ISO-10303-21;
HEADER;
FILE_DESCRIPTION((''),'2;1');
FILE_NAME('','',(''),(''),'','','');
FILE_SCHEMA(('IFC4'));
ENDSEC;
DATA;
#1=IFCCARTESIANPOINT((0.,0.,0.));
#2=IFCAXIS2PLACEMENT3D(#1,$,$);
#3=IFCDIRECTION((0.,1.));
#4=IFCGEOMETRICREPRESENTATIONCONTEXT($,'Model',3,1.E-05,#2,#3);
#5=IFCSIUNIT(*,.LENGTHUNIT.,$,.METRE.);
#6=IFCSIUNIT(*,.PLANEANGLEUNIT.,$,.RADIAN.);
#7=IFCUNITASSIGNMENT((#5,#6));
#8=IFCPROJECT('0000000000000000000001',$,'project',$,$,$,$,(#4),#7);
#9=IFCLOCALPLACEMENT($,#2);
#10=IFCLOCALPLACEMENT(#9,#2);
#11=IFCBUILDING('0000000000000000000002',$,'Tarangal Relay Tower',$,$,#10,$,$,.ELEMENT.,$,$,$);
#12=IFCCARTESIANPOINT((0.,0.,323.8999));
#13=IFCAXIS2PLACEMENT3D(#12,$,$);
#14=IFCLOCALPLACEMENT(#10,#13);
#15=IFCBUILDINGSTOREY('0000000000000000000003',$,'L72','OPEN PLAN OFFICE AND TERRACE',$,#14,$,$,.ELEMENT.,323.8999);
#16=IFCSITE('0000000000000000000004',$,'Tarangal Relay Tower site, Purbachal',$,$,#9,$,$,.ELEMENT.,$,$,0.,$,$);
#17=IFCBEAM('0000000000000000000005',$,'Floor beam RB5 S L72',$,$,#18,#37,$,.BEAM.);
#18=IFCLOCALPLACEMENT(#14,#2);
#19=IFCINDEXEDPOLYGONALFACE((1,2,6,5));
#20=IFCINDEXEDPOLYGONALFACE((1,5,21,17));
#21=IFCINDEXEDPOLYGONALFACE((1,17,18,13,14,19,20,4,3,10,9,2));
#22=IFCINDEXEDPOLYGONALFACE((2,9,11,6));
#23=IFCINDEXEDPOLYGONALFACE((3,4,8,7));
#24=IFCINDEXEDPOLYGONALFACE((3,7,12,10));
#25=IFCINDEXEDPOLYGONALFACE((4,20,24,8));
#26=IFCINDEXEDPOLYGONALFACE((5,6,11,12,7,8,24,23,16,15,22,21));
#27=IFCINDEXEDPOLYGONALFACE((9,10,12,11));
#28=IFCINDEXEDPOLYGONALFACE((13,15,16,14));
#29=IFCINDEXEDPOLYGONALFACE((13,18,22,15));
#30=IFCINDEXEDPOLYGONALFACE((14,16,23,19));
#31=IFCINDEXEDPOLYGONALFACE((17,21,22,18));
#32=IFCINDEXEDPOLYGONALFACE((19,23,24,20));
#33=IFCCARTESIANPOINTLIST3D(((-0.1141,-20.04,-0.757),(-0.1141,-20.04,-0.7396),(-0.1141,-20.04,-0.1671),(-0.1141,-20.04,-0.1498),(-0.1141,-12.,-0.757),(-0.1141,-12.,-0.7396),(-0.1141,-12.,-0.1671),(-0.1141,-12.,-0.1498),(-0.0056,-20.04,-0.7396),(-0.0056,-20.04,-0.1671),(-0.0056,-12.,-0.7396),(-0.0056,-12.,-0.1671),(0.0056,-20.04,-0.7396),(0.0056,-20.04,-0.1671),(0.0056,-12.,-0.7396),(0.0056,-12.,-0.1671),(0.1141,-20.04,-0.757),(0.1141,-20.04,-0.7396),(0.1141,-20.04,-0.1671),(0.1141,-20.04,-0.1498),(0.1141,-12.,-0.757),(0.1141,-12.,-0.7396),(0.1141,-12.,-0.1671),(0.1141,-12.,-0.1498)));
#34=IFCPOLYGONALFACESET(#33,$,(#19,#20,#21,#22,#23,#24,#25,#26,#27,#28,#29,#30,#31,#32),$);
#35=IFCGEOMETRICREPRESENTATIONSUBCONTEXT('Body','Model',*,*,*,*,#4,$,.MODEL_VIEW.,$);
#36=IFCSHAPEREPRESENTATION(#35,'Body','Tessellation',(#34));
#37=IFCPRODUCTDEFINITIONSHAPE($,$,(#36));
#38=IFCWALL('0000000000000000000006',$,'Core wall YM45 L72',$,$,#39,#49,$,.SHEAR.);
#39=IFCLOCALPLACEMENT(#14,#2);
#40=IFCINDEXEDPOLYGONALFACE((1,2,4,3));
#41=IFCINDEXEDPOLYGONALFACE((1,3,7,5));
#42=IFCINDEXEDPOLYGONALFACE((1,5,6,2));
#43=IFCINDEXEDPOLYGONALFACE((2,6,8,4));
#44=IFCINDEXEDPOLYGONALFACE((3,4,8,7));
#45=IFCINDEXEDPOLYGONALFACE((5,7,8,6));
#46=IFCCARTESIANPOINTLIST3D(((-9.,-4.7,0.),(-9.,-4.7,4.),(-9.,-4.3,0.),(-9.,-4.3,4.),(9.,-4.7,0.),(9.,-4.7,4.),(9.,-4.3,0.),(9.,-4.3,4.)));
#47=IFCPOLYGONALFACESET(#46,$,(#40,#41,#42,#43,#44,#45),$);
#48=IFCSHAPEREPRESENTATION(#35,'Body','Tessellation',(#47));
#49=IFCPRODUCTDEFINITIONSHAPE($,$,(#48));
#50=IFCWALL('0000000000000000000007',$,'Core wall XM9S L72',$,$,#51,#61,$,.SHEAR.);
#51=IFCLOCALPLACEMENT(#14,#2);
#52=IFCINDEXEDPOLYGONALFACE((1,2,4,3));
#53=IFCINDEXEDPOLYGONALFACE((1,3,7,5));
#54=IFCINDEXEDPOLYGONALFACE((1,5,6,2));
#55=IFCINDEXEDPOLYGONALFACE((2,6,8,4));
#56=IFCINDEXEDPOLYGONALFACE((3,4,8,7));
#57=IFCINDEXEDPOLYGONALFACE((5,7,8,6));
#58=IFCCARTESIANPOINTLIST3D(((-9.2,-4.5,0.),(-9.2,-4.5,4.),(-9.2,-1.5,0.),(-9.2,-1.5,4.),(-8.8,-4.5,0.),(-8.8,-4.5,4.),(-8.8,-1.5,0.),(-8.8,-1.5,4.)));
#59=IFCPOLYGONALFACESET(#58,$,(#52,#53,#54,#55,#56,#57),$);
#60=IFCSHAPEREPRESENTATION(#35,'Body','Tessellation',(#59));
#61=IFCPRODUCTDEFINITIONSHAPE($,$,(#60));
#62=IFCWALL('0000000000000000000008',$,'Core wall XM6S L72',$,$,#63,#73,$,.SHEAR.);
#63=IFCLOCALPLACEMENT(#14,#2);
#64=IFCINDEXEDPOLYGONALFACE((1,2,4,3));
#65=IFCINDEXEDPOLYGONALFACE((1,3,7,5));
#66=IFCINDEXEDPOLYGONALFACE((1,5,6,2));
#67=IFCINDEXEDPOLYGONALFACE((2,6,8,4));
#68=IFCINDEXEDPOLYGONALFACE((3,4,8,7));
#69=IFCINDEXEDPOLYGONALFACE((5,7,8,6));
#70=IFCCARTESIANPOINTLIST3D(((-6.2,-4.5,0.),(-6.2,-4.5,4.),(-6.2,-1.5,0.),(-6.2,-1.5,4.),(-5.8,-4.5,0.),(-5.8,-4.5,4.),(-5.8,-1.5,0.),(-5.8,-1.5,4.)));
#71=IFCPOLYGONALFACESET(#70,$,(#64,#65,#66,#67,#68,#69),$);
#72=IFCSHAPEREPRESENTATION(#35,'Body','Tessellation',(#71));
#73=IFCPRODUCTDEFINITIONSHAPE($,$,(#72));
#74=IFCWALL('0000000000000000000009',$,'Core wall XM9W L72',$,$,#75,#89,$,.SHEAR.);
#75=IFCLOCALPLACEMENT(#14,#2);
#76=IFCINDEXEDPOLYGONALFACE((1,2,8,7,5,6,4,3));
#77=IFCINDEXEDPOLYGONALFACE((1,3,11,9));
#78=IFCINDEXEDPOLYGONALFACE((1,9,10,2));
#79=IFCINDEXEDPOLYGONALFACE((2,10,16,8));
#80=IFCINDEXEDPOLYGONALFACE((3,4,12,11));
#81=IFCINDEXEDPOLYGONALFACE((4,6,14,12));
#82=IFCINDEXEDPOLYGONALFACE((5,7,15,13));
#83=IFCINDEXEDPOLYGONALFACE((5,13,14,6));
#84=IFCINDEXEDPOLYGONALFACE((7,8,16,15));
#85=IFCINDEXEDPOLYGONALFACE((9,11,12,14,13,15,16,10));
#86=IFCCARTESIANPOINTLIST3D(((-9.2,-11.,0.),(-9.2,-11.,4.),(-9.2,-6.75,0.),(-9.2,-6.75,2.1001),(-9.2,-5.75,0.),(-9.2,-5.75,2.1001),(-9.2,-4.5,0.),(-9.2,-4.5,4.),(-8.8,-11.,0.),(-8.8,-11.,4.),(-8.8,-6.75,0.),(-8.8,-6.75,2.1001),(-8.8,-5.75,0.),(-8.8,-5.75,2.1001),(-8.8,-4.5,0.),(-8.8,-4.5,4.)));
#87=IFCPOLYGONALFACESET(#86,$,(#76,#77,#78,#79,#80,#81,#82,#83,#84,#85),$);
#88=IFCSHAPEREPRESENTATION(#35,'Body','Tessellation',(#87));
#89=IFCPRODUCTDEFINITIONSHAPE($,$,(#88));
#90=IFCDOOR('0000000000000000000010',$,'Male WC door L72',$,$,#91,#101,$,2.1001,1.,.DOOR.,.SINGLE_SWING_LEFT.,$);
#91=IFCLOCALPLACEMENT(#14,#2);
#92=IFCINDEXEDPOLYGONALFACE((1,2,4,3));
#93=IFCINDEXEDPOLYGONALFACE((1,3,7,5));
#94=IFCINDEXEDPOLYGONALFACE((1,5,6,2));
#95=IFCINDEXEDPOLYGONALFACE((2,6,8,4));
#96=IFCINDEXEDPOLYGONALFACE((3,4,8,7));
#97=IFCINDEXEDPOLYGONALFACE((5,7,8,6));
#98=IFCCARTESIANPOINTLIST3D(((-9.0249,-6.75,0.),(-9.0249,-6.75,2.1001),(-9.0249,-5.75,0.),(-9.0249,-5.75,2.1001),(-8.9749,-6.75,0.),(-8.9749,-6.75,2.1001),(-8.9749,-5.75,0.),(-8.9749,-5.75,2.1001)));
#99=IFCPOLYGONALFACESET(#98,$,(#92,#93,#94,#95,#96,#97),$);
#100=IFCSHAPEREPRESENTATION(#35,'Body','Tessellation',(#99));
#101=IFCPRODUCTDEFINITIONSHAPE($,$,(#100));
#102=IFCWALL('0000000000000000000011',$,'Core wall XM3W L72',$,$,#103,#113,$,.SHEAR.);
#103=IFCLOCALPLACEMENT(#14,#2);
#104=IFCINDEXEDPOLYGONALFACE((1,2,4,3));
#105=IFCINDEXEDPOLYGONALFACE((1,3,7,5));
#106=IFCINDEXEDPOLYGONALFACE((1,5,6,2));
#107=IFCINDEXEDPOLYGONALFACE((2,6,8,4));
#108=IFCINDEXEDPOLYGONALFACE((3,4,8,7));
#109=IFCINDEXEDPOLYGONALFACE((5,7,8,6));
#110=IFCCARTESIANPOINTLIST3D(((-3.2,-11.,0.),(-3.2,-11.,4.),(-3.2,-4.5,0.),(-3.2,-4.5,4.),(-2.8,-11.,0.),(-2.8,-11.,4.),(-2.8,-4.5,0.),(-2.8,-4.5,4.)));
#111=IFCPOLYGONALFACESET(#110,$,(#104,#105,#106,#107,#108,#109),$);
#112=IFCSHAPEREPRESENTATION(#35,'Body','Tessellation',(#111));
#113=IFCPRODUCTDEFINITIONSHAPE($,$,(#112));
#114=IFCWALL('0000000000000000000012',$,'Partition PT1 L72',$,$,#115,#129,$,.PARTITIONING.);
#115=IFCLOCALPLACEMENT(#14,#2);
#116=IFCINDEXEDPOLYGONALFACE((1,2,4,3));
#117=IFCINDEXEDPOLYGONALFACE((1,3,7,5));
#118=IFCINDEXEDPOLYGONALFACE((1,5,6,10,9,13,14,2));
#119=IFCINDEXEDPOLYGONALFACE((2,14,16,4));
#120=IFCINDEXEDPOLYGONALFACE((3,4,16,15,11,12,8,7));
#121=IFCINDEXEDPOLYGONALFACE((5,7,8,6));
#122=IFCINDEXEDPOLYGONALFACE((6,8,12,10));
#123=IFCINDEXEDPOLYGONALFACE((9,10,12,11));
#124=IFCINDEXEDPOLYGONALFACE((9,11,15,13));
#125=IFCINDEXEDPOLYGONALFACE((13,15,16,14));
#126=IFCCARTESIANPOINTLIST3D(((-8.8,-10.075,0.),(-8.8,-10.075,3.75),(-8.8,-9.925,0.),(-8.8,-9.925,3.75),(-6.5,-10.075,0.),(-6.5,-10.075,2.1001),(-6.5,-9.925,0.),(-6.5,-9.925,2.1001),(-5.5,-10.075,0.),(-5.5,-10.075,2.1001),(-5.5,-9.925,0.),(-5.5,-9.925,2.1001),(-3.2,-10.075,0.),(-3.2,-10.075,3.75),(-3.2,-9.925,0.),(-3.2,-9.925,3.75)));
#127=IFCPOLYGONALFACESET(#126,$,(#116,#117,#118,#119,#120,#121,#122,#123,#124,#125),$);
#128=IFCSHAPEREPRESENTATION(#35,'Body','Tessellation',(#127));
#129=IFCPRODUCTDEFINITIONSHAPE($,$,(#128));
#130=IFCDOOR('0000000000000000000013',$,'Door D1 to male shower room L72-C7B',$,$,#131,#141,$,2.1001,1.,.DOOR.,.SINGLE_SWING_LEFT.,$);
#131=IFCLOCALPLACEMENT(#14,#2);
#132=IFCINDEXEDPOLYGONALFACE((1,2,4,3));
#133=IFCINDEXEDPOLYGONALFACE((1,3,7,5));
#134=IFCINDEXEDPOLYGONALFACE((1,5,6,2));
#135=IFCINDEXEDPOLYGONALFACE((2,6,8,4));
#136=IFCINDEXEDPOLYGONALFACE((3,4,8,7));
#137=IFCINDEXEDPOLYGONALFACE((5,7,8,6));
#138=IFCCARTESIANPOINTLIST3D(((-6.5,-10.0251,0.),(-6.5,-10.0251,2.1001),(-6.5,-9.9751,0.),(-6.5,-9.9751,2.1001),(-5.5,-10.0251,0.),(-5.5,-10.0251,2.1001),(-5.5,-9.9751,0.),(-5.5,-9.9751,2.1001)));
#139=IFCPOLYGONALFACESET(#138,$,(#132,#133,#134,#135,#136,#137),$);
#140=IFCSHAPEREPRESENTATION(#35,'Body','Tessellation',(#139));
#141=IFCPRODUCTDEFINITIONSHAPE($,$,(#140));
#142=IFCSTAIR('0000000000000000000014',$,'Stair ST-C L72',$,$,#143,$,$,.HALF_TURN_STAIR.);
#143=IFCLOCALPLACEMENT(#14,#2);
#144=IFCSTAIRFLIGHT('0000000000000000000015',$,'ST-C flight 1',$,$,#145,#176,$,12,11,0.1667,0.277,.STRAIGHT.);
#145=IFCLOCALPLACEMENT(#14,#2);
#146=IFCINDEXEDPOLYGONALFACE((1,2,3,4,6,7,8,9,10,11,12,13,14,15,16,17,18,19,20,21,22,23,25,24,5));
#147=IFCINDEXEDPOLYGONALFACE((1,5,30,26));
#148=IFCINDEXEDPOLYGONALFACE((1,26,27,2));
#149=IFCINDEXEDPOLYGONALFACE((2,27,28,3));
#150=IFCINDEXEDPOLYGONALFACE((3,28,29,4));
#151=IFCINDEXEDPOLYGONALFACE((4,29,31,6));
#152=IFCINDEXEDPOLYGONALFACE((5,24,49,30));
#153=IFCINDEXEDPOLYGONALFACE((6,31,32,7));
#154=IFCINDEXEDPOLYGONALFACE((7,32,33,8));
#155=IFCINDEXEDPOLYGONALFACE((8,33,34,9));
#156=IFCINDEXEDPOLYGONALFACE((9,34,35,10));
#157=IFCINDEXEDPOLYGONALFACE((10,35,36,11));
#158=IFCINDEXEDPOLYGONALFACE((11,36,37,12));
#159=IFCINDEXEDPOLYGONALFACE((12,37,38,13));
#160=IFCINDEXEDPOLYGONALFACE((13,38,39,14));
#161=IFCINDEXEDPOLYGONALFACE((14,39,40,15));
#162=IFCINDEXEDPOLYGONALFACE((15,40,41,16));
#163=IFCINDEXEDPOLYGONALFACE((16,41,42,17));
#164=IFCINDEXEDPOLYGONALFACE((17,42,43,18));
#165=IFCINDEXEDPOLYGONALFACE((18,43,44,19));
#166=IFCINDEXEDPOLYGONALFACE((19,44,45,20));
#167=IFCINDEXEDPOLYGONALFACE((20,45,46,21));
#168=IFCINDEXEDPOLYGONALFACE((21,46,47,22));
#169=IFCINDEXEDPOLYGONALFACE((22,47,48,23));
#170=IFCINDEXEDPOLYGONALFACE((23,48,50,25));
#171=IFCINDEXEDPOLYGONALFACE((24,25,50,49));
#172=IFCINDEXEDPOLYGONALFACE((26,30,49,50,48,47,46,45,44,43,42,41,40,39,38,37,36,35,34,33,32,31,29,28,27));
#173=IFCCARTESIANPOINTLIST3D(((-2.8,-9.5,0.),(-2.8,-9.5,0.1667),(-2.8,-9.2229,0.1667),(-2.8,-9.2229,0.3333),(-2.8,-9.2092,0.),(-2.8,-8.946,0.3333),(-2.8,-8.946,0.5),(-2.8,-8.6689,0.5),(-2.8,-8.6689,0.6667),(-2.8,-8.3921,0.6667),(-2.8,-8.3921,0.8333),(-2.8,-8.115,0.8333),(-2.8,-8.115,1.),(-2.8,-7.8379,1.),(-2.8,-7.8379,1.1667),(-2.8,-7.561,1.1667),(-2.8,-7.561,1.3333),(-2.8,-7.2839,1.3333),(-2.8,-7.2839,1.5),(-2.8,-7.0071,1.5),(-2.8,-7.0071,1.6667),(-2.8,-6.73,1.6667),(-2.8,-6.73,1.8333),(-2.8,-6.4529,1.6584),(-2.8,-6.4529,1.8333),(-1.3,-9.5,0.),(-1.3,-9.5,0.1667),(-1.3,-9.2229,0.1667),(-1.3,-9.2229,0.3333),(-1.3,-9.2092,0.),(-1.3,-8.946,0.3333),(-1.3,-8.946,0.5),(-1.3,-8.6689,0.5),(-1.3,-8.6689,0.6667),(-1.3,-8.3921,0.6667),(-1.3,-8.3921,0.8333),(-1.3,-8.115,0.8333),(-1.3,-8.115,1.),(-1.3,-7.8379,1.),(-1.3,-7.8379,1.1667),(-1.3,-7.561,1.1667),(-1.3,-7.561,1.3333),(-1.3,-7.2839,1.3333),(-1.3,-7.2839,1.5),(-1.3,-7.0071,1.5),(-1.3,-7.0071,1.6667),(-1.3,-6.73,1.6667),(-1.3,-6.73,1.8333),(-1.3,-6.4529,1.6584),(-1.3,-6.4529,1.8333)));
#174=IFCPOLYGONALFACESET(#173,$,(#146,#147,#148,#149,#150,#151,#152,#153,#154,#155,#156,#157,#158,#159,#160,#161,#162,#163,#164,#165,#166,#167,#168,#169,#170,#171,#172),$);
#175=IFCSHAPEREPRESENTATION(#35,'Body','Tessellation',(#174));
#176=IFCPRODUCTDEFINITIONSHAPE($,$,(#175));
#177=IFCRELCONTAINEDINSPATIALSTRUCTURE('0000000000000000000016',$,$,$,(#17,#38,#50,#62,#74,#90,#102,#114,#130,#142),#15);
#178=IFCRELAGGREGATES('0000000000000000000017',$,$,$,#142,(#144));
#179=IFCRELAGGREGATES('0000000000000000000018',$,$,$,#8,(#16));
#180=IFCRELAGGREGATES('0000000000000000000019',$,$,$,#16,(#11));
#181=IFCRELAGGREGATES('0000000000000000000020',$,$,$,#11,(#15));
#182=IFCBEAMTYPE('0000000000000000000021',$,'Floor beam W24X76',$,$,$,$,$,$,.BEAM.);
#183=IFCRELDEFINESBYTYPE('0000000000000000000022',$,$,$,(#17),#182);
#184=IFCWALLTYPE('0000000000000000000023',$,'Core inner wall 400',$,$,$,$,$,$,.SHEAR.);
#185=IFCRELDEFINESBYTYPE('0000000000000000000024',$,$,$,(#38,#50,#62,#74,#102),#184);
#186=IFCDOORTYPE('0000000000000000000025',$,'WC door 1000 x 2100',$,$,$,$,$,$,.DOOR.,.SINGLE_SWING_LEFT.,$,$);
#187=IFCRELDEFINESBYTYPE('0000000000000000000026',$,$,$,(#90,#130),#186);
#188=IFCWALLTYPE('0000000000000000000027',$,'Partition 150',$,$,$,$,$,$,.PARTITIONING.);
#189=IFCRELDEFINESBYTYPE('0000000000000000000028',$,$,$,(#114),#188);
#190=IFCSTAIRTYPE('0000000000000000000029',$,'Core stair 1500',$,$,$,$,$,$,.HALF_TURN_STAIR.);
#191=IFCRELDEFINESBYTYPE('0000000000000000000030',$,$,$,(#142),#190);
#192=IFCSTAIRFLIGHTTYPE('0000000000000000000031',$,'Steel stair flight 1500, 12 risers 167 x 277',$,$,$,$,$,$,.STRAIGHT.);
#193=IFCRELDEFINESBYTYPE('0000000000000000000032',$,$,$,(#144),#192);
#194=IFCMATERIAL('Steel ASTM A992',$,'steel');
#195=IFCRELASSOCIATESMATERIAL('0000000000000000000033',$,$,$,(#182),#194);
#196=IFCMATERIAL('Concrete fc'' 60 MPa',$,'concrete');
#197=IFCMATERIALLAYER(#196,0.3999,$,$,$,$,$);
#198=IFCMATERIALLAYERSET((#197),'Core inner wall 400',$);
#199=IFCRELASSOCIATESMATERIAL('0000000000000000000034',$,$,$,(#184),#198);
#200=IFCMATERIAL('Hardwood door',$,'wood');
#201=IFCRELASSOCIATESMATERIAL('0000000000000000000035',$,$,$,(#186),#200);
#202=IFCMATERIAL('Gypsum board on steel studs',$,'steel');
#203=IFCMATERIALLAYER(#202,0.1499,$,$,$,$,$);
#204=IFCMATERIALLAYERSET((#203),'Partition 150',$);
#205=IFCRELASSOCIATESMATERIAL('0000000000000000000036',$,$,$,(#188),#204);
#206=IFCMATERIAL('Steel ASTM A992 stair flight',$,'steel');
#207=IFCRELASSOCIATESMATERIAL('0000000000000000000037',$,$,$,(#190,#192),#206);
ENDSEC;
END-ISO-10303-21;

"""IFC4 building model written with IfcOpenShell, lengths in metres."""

from ifc_helpers import new_model, si_unit, direction, frame, frame_2d, origin, origin_2d, place, context, subcontext, project, spatial, polyline, rectangle, i_section, outline, extrude, material, layer, layer_set, material_profile, profile_set, type_object, element, fill, aggregate, save


model = new_model("IFC4")

# Units and contexts
model_context = context("Model", 3, precision=1e-05, world=origin(), true_north=direction((0.0, 1.0)))
body_context = subcontext(model_context, "Body", "Model", "MODEL_VIEW")
ifc_project = project(units=[si_unit("LENGTHUNIT", "METRE"), si_unit("PLANEANGLEUNIT", "RADIAN")], contexts=[model_context])

# Site, building, storey
site_placement = place(None, origin())
site = spatial("IfcSite", under=ifc_project, at=site_placement, Name="Tarangal Relay Tower site, Purbachal", CompositionType="ELEMENT", RefElevation=0.0)
building_placement = place(site_placement, origin())
building = spatial("IfcBuilding", under=site, at=building_placement, Name="Tarangal Relay Tower", CompositionType="ELEMENT")
storey_placement = place(building_placement, frame((0.0, 0.0, 323.8999)))
storey = spatial("IfcBuildingStorey", under=building, at=storey_placement, Name="L72", Description="OPEN PLAN OFFICE AND TERRACE", CompositionType="ELEMENT", Elevation=323.8999)

# Beam
ifc_material_1 = material(Name="Steel ASTM A992", Category="steel")
ifc_material_profile = material_profile(ifc_material_1, i_section(OverallWidth=0.2283, OverallDepth=0.6072, WebThickness=0.0112, FlangeThickness=0.0173, at=origin_2d()), Name="W24X76")
ifc_profile_set = profile_set([ifc_material_profile], Name="Steel ASTM A992")
beam_type = type_object("IfcBeamType", Name="Floor beam W24X76", PredefinedType="BEAM", material=ifc_profile_set)
beam_placement = place(storey_placement, frame((0.0, -12.0, -0.4534), z_axis=(0.0, -1.0, 0.0), x_axis=(1.0, 0.0, 0.0)))
element("IfcBeam", 1, at=beam_placement, inside=storey, type_object=beam_type, Name="Floor beam RB5 S L72", PredefinedType="BEAM", context=body_context, shape_type="SweptSolid", body=[
    extrude(i_section(OverallWidth=0.2283, OverallDepth=0.6072, WebThickness=0.0112, FlangeThickness=0.0173, at=origin_2d()), origin(), (0.0, 0.0, 1.0), 8.04),
])

# Walls
ifc_material_2 = material(Name="Concrete fc' 60 MPa", Category="concrete")
ifc_layer_1 = layer(ifc_material_2, 0.3999)
ifc_layer_set_1 = layer_set([ifc_layer_1], Name="Core inner wall 400")
wall_type_1 = type_object("IfcWallType", Name="Core inner wall 400", PredefinedType="SHEAR", material=ifc_layer_set_1)
wall_1_placement = place(storey_placement, frame((-9.0, -4.5, 0.0), z_axis=(0.0, 0.0, 1.0), x_axis=(1.0, 0.0, 0.0)))
element("IfcWall", 2, at=wall_1_placement, inside=storey, type_object=wall_type_1, Name="Core wall YM45 L72", PredefinedType="SHEAR", context=body_context, shape_type="SweptSolid", body=[
    extrude(rectangle(XDim=18.0, YDim=0.3999, at=frame_2d((9.0, 0.0))), origin(), (0.0, 0.0, 1.0), 4.0),
])
for number, where, z_axis, x_axis, name in (
    (3, (-9.0, -4.5, 0.0), (0.0, 0.0, 1.0), (0.0, 1.0, 0.0), "Core wall XM9S L72"),
    (4, (-6.0, -4.5, 0.0), (0.0, 0.0, 1.0), (0.0, 1.0, 0.0), "Core wall XM6S L72"),
):
    element("IfcWall", number, at=place(storey_placement, frame(where, z_axis=z_axis, x_axis=x_axis)), inside=storey, type_object=wall_type_1, Name=name, PredefinedType="SHEAR", context=body_context, shape_type="SweptSolid", body=[
        extrude(rectangle(XDim=3.0, YDim=0.3999, at=frame_2d((1.5, 0.0))), origin(), (0.0, 0.0, 1.0), 4.0),
    ])

# Wall, opening, door
wall_2_placement = place(storey_placement, frame((-9.0, -11.0, 0.0), z_axis=(0.0, 0.0, 1.0), x_axis=(0.0, 1.0, 0.0)))
wall_2 = element("IfcWall", 5, at=wall_2_placement, inside=storey, type_object=wall_type_1, Name="Core wall XM9W L72", PredefinedType="SHEAR", context=body_context, shape_type="SweptSolid", body=[
    extrude(rectangle(XDim=6.5, YDim=0.3999, at=frame_2d((3.25, 0.0))), origin(), (0.0, 0.0, 1.0), 4.0),
])
opening_1_placement = place(wall_2_placement, frame((4.25, 0.0, 0.0)))
opening_1 = element("IfcOpeningElement", 6, at=opening_1_placement, cuts=wall_2, PredefinedType="OPENING", context=body_context, shape_type="SweptSolid", body=[
    extrude(rectangle(XDim=1.0, YDim=2.1001, at=frame_2d((0.5, 1.05))), frame((0.0, 0.21, 0.0), z_axis=(0.0, -1.0, 0.0), x_axis=(1.0, 0.0, 0.0)), (0.0, 0.0, 1.0), 0.4199),
])
ifc_material_3 = material(Name="Hardwood door", Category="wood")
door_type = type_object("IfcDoorType", Name="WC door 1000 x 2100", OperationType="SINGLE_SWING_LEFT", PredefinedType="DOOR", material=ifc_material_3)
door_1_placement = place(opening_1_placement, origin())
door_1 = element("IfcDoor", 7, at=door_1_placement, inside=storey, type_object=door_type, Name="Male WC door L72", OperationType="SINGLE_SWING_LEFT", OverallHeight=2.1001, OverallWidth=1.0, PredefinedType="DOOR", context=body_context, shape_type="SweptSolid", body=[
    extrude(rectangle(XDim=1.0, YDim=2.1001, at=frame_2d((0.5, 1.05))), frame((0.0, 0.0249, 0.0), z_axis=(0.0, -1.0, 0.0), x_axis=(1.0, 0.0, 0.0)), (0.0, 0.0, 1.0), 0.05),
])
fill(opening_1, door_1)

# Wall
wall_3_placement = place(storey_placement, frame((-3.0, -11.0, 0.0), z_axis=(0.0, 0.0, 1.0), x_axis=(0.0, 1.0, 0.0)))
element("IfcWall", 8, at=wall_3_placement, inside=storey, type_object=wall_type_1, Name="Core wall XM3W L72", PredefinedType="SHEAR", context=body_context, shape_type="SweptSolid", body=[
    extrude(rectangle(XDim=6.5, YDim=0.3999, at=frame_2d((3.25, 0.0))), origin(), (0.0, 0.0, 1.0), 4.0),
])

# Wall, opening, door
ifc_material_4 = material(Name="Gypsum board on steel studs", Category="steel")
ifc_layer_2 = layer(ifc_material_4, 0.1499)
ifc_layer_set_2 = layer_set([ifc_layer_2], Name="Partition 150")
wall_type_2 = type_object("IfcWallType", Name="Partition 150", PredefinedType="PARTITIONING", material=ifc_layer_set_2)
wall_4_placement = place(storey_placement, frame((-8.8, -10.0, 0.0), z_axis=(0.0, 0.0, 1.0), x_axis=(1.0, 0.0, 0.0)))
wall_4 = element("IfcWall", 9, at=wall_4_placement, inside=storey, type_object=wall_type_2, Name="Partition PT1 L72", PredefinedType="PARTITIONING", context=body_context, shape_type="SweptSolid", body=[
    extrude(rectangle(XDim=5.6001, YDim=0.1499, at=frame_2d((2.8, 0.0))), origin(), (0.0, 0.0, 1.0), 3.75),
])
opening_2_placement = place(wall_4_placement, frame((2.3, 0.0, 0.0)))
opening_2 = element("IfcOpeningElement", 10, at=opening_2_placement, cuts=wall_4, PredefinedType="OPENING", context=body_context, shape_type="SweptSolid", body=[
    extrude(rectangle(XDim=1.0, YDim=2.1001, at=frame_2d((0.5, 1.05))), frame((0.0, 0.085, 0.0), z_axis=(0.0, -1.0, 0.0), x_axis=(1.0, 0.0, 0.0)), (0.0, 0.0, 1.0), 0.1699),
])
door_2_placement = place(opening_2_placement, origin())
door_2 = element("IfcDoor", 11, at=door_2_placement, inside=storey, type_object=door_type, Name="Door D1 to male shower room L72-C7B", OperationType="SINGLE_SWING_LEFT", OverallHeight=2.1001, OverallWidth=1.0, PredefinedType="DOOR", context=body_context, shape_type="SweptSolid", body=[
    extrude(rectangle(XDim=1.0, YDim=2.1001, at=frame_2d((0.5, 1.05))), frame((0.0, 0.0249, 0.0), z_axis=(0.0, -1.0, 0.0), x_axis=(1.0, 0.0, 0.0)), (0.0, 0.0, 1.0), 0.05),
])
fill(opening_2, door_2)

# Stair, stair flight
ifc_material_5 = material(Name="Steel ASTM A992 stair flight", Category="steel")
stair_type = type_object("IfcStairType", Name="Core stair 1500", PredefinedType="HALF_TURN_STAIR", material=ifc_material_5)
stair_placement = place(storey_placement, origin())
stair = element("IfcStair", 12, at=stair_placement, inside=storey, type_object=stair_type, Name="Stair ST-C L72", PredefinedType="HALF_TURN_STAIR")
stair_flight_type = type_object("IfcStairFlightType", Name="Steel stair flight 1500, 12 risers 167 x 277", PredefinedType="STRAIGHT", material=ifc_material_5)
stair_flight_placement = place(storey_placement, frame((-2.05, -9.5, 0.0), z_axis=(0.0, 0.0, 1.0), x_axis=(0.0, 1.0, 0.0)))
stair_flight = element("IfcStairFlight", 13, at=stair_flight_placement, type_object=stair_flight_type, Name="ST-C flight 1", NumberOfRisers=12, NumberOfTreads=11, PredefinedType="STRAIGHT", RiserHeight=0.1667, TreadLength=0.277, context=body_context, shape_type="SweptSolid", body=[
    extrude(outline(polyline([(0.0, 0.0), (0.0, 0.1667), (0.2771, 0.1667), (0.2771, 0.3333), (0.554, 0.3333), (0.554, 0.5), (0.8311, 0.5), (0.8311, 0.6667), (1.1079, 0.6667), (1.1079, 0.8333), (1.385, 0.8333), (1.385, 1.0), (1.6621, 1.0), (1.6621, 1.1667), (1.939, 1.1667), (1.939, 1.3333), (2.2161, 1.3333), (2.2161, 1.5), (2.4929, 1.5), (2.4929, 1.6667), (2.77, 1.6667), (2.77, 1.8333), (3.0471, 1.8333), (3.0471, 2.0), (3.0471, 1.6584), (0.2908, 0.0), (0.0, 0.0)])), frame((0.0, 0.75, 0.0), z_axis=(0.0, -1.0, 0.0), x_axis=(1.0, 0.0, 0.0)), (0.0, 0.0, 1.0), 1.5),
])
aggregate(stair, [stair_flight])

save(model, "model.ifc")
